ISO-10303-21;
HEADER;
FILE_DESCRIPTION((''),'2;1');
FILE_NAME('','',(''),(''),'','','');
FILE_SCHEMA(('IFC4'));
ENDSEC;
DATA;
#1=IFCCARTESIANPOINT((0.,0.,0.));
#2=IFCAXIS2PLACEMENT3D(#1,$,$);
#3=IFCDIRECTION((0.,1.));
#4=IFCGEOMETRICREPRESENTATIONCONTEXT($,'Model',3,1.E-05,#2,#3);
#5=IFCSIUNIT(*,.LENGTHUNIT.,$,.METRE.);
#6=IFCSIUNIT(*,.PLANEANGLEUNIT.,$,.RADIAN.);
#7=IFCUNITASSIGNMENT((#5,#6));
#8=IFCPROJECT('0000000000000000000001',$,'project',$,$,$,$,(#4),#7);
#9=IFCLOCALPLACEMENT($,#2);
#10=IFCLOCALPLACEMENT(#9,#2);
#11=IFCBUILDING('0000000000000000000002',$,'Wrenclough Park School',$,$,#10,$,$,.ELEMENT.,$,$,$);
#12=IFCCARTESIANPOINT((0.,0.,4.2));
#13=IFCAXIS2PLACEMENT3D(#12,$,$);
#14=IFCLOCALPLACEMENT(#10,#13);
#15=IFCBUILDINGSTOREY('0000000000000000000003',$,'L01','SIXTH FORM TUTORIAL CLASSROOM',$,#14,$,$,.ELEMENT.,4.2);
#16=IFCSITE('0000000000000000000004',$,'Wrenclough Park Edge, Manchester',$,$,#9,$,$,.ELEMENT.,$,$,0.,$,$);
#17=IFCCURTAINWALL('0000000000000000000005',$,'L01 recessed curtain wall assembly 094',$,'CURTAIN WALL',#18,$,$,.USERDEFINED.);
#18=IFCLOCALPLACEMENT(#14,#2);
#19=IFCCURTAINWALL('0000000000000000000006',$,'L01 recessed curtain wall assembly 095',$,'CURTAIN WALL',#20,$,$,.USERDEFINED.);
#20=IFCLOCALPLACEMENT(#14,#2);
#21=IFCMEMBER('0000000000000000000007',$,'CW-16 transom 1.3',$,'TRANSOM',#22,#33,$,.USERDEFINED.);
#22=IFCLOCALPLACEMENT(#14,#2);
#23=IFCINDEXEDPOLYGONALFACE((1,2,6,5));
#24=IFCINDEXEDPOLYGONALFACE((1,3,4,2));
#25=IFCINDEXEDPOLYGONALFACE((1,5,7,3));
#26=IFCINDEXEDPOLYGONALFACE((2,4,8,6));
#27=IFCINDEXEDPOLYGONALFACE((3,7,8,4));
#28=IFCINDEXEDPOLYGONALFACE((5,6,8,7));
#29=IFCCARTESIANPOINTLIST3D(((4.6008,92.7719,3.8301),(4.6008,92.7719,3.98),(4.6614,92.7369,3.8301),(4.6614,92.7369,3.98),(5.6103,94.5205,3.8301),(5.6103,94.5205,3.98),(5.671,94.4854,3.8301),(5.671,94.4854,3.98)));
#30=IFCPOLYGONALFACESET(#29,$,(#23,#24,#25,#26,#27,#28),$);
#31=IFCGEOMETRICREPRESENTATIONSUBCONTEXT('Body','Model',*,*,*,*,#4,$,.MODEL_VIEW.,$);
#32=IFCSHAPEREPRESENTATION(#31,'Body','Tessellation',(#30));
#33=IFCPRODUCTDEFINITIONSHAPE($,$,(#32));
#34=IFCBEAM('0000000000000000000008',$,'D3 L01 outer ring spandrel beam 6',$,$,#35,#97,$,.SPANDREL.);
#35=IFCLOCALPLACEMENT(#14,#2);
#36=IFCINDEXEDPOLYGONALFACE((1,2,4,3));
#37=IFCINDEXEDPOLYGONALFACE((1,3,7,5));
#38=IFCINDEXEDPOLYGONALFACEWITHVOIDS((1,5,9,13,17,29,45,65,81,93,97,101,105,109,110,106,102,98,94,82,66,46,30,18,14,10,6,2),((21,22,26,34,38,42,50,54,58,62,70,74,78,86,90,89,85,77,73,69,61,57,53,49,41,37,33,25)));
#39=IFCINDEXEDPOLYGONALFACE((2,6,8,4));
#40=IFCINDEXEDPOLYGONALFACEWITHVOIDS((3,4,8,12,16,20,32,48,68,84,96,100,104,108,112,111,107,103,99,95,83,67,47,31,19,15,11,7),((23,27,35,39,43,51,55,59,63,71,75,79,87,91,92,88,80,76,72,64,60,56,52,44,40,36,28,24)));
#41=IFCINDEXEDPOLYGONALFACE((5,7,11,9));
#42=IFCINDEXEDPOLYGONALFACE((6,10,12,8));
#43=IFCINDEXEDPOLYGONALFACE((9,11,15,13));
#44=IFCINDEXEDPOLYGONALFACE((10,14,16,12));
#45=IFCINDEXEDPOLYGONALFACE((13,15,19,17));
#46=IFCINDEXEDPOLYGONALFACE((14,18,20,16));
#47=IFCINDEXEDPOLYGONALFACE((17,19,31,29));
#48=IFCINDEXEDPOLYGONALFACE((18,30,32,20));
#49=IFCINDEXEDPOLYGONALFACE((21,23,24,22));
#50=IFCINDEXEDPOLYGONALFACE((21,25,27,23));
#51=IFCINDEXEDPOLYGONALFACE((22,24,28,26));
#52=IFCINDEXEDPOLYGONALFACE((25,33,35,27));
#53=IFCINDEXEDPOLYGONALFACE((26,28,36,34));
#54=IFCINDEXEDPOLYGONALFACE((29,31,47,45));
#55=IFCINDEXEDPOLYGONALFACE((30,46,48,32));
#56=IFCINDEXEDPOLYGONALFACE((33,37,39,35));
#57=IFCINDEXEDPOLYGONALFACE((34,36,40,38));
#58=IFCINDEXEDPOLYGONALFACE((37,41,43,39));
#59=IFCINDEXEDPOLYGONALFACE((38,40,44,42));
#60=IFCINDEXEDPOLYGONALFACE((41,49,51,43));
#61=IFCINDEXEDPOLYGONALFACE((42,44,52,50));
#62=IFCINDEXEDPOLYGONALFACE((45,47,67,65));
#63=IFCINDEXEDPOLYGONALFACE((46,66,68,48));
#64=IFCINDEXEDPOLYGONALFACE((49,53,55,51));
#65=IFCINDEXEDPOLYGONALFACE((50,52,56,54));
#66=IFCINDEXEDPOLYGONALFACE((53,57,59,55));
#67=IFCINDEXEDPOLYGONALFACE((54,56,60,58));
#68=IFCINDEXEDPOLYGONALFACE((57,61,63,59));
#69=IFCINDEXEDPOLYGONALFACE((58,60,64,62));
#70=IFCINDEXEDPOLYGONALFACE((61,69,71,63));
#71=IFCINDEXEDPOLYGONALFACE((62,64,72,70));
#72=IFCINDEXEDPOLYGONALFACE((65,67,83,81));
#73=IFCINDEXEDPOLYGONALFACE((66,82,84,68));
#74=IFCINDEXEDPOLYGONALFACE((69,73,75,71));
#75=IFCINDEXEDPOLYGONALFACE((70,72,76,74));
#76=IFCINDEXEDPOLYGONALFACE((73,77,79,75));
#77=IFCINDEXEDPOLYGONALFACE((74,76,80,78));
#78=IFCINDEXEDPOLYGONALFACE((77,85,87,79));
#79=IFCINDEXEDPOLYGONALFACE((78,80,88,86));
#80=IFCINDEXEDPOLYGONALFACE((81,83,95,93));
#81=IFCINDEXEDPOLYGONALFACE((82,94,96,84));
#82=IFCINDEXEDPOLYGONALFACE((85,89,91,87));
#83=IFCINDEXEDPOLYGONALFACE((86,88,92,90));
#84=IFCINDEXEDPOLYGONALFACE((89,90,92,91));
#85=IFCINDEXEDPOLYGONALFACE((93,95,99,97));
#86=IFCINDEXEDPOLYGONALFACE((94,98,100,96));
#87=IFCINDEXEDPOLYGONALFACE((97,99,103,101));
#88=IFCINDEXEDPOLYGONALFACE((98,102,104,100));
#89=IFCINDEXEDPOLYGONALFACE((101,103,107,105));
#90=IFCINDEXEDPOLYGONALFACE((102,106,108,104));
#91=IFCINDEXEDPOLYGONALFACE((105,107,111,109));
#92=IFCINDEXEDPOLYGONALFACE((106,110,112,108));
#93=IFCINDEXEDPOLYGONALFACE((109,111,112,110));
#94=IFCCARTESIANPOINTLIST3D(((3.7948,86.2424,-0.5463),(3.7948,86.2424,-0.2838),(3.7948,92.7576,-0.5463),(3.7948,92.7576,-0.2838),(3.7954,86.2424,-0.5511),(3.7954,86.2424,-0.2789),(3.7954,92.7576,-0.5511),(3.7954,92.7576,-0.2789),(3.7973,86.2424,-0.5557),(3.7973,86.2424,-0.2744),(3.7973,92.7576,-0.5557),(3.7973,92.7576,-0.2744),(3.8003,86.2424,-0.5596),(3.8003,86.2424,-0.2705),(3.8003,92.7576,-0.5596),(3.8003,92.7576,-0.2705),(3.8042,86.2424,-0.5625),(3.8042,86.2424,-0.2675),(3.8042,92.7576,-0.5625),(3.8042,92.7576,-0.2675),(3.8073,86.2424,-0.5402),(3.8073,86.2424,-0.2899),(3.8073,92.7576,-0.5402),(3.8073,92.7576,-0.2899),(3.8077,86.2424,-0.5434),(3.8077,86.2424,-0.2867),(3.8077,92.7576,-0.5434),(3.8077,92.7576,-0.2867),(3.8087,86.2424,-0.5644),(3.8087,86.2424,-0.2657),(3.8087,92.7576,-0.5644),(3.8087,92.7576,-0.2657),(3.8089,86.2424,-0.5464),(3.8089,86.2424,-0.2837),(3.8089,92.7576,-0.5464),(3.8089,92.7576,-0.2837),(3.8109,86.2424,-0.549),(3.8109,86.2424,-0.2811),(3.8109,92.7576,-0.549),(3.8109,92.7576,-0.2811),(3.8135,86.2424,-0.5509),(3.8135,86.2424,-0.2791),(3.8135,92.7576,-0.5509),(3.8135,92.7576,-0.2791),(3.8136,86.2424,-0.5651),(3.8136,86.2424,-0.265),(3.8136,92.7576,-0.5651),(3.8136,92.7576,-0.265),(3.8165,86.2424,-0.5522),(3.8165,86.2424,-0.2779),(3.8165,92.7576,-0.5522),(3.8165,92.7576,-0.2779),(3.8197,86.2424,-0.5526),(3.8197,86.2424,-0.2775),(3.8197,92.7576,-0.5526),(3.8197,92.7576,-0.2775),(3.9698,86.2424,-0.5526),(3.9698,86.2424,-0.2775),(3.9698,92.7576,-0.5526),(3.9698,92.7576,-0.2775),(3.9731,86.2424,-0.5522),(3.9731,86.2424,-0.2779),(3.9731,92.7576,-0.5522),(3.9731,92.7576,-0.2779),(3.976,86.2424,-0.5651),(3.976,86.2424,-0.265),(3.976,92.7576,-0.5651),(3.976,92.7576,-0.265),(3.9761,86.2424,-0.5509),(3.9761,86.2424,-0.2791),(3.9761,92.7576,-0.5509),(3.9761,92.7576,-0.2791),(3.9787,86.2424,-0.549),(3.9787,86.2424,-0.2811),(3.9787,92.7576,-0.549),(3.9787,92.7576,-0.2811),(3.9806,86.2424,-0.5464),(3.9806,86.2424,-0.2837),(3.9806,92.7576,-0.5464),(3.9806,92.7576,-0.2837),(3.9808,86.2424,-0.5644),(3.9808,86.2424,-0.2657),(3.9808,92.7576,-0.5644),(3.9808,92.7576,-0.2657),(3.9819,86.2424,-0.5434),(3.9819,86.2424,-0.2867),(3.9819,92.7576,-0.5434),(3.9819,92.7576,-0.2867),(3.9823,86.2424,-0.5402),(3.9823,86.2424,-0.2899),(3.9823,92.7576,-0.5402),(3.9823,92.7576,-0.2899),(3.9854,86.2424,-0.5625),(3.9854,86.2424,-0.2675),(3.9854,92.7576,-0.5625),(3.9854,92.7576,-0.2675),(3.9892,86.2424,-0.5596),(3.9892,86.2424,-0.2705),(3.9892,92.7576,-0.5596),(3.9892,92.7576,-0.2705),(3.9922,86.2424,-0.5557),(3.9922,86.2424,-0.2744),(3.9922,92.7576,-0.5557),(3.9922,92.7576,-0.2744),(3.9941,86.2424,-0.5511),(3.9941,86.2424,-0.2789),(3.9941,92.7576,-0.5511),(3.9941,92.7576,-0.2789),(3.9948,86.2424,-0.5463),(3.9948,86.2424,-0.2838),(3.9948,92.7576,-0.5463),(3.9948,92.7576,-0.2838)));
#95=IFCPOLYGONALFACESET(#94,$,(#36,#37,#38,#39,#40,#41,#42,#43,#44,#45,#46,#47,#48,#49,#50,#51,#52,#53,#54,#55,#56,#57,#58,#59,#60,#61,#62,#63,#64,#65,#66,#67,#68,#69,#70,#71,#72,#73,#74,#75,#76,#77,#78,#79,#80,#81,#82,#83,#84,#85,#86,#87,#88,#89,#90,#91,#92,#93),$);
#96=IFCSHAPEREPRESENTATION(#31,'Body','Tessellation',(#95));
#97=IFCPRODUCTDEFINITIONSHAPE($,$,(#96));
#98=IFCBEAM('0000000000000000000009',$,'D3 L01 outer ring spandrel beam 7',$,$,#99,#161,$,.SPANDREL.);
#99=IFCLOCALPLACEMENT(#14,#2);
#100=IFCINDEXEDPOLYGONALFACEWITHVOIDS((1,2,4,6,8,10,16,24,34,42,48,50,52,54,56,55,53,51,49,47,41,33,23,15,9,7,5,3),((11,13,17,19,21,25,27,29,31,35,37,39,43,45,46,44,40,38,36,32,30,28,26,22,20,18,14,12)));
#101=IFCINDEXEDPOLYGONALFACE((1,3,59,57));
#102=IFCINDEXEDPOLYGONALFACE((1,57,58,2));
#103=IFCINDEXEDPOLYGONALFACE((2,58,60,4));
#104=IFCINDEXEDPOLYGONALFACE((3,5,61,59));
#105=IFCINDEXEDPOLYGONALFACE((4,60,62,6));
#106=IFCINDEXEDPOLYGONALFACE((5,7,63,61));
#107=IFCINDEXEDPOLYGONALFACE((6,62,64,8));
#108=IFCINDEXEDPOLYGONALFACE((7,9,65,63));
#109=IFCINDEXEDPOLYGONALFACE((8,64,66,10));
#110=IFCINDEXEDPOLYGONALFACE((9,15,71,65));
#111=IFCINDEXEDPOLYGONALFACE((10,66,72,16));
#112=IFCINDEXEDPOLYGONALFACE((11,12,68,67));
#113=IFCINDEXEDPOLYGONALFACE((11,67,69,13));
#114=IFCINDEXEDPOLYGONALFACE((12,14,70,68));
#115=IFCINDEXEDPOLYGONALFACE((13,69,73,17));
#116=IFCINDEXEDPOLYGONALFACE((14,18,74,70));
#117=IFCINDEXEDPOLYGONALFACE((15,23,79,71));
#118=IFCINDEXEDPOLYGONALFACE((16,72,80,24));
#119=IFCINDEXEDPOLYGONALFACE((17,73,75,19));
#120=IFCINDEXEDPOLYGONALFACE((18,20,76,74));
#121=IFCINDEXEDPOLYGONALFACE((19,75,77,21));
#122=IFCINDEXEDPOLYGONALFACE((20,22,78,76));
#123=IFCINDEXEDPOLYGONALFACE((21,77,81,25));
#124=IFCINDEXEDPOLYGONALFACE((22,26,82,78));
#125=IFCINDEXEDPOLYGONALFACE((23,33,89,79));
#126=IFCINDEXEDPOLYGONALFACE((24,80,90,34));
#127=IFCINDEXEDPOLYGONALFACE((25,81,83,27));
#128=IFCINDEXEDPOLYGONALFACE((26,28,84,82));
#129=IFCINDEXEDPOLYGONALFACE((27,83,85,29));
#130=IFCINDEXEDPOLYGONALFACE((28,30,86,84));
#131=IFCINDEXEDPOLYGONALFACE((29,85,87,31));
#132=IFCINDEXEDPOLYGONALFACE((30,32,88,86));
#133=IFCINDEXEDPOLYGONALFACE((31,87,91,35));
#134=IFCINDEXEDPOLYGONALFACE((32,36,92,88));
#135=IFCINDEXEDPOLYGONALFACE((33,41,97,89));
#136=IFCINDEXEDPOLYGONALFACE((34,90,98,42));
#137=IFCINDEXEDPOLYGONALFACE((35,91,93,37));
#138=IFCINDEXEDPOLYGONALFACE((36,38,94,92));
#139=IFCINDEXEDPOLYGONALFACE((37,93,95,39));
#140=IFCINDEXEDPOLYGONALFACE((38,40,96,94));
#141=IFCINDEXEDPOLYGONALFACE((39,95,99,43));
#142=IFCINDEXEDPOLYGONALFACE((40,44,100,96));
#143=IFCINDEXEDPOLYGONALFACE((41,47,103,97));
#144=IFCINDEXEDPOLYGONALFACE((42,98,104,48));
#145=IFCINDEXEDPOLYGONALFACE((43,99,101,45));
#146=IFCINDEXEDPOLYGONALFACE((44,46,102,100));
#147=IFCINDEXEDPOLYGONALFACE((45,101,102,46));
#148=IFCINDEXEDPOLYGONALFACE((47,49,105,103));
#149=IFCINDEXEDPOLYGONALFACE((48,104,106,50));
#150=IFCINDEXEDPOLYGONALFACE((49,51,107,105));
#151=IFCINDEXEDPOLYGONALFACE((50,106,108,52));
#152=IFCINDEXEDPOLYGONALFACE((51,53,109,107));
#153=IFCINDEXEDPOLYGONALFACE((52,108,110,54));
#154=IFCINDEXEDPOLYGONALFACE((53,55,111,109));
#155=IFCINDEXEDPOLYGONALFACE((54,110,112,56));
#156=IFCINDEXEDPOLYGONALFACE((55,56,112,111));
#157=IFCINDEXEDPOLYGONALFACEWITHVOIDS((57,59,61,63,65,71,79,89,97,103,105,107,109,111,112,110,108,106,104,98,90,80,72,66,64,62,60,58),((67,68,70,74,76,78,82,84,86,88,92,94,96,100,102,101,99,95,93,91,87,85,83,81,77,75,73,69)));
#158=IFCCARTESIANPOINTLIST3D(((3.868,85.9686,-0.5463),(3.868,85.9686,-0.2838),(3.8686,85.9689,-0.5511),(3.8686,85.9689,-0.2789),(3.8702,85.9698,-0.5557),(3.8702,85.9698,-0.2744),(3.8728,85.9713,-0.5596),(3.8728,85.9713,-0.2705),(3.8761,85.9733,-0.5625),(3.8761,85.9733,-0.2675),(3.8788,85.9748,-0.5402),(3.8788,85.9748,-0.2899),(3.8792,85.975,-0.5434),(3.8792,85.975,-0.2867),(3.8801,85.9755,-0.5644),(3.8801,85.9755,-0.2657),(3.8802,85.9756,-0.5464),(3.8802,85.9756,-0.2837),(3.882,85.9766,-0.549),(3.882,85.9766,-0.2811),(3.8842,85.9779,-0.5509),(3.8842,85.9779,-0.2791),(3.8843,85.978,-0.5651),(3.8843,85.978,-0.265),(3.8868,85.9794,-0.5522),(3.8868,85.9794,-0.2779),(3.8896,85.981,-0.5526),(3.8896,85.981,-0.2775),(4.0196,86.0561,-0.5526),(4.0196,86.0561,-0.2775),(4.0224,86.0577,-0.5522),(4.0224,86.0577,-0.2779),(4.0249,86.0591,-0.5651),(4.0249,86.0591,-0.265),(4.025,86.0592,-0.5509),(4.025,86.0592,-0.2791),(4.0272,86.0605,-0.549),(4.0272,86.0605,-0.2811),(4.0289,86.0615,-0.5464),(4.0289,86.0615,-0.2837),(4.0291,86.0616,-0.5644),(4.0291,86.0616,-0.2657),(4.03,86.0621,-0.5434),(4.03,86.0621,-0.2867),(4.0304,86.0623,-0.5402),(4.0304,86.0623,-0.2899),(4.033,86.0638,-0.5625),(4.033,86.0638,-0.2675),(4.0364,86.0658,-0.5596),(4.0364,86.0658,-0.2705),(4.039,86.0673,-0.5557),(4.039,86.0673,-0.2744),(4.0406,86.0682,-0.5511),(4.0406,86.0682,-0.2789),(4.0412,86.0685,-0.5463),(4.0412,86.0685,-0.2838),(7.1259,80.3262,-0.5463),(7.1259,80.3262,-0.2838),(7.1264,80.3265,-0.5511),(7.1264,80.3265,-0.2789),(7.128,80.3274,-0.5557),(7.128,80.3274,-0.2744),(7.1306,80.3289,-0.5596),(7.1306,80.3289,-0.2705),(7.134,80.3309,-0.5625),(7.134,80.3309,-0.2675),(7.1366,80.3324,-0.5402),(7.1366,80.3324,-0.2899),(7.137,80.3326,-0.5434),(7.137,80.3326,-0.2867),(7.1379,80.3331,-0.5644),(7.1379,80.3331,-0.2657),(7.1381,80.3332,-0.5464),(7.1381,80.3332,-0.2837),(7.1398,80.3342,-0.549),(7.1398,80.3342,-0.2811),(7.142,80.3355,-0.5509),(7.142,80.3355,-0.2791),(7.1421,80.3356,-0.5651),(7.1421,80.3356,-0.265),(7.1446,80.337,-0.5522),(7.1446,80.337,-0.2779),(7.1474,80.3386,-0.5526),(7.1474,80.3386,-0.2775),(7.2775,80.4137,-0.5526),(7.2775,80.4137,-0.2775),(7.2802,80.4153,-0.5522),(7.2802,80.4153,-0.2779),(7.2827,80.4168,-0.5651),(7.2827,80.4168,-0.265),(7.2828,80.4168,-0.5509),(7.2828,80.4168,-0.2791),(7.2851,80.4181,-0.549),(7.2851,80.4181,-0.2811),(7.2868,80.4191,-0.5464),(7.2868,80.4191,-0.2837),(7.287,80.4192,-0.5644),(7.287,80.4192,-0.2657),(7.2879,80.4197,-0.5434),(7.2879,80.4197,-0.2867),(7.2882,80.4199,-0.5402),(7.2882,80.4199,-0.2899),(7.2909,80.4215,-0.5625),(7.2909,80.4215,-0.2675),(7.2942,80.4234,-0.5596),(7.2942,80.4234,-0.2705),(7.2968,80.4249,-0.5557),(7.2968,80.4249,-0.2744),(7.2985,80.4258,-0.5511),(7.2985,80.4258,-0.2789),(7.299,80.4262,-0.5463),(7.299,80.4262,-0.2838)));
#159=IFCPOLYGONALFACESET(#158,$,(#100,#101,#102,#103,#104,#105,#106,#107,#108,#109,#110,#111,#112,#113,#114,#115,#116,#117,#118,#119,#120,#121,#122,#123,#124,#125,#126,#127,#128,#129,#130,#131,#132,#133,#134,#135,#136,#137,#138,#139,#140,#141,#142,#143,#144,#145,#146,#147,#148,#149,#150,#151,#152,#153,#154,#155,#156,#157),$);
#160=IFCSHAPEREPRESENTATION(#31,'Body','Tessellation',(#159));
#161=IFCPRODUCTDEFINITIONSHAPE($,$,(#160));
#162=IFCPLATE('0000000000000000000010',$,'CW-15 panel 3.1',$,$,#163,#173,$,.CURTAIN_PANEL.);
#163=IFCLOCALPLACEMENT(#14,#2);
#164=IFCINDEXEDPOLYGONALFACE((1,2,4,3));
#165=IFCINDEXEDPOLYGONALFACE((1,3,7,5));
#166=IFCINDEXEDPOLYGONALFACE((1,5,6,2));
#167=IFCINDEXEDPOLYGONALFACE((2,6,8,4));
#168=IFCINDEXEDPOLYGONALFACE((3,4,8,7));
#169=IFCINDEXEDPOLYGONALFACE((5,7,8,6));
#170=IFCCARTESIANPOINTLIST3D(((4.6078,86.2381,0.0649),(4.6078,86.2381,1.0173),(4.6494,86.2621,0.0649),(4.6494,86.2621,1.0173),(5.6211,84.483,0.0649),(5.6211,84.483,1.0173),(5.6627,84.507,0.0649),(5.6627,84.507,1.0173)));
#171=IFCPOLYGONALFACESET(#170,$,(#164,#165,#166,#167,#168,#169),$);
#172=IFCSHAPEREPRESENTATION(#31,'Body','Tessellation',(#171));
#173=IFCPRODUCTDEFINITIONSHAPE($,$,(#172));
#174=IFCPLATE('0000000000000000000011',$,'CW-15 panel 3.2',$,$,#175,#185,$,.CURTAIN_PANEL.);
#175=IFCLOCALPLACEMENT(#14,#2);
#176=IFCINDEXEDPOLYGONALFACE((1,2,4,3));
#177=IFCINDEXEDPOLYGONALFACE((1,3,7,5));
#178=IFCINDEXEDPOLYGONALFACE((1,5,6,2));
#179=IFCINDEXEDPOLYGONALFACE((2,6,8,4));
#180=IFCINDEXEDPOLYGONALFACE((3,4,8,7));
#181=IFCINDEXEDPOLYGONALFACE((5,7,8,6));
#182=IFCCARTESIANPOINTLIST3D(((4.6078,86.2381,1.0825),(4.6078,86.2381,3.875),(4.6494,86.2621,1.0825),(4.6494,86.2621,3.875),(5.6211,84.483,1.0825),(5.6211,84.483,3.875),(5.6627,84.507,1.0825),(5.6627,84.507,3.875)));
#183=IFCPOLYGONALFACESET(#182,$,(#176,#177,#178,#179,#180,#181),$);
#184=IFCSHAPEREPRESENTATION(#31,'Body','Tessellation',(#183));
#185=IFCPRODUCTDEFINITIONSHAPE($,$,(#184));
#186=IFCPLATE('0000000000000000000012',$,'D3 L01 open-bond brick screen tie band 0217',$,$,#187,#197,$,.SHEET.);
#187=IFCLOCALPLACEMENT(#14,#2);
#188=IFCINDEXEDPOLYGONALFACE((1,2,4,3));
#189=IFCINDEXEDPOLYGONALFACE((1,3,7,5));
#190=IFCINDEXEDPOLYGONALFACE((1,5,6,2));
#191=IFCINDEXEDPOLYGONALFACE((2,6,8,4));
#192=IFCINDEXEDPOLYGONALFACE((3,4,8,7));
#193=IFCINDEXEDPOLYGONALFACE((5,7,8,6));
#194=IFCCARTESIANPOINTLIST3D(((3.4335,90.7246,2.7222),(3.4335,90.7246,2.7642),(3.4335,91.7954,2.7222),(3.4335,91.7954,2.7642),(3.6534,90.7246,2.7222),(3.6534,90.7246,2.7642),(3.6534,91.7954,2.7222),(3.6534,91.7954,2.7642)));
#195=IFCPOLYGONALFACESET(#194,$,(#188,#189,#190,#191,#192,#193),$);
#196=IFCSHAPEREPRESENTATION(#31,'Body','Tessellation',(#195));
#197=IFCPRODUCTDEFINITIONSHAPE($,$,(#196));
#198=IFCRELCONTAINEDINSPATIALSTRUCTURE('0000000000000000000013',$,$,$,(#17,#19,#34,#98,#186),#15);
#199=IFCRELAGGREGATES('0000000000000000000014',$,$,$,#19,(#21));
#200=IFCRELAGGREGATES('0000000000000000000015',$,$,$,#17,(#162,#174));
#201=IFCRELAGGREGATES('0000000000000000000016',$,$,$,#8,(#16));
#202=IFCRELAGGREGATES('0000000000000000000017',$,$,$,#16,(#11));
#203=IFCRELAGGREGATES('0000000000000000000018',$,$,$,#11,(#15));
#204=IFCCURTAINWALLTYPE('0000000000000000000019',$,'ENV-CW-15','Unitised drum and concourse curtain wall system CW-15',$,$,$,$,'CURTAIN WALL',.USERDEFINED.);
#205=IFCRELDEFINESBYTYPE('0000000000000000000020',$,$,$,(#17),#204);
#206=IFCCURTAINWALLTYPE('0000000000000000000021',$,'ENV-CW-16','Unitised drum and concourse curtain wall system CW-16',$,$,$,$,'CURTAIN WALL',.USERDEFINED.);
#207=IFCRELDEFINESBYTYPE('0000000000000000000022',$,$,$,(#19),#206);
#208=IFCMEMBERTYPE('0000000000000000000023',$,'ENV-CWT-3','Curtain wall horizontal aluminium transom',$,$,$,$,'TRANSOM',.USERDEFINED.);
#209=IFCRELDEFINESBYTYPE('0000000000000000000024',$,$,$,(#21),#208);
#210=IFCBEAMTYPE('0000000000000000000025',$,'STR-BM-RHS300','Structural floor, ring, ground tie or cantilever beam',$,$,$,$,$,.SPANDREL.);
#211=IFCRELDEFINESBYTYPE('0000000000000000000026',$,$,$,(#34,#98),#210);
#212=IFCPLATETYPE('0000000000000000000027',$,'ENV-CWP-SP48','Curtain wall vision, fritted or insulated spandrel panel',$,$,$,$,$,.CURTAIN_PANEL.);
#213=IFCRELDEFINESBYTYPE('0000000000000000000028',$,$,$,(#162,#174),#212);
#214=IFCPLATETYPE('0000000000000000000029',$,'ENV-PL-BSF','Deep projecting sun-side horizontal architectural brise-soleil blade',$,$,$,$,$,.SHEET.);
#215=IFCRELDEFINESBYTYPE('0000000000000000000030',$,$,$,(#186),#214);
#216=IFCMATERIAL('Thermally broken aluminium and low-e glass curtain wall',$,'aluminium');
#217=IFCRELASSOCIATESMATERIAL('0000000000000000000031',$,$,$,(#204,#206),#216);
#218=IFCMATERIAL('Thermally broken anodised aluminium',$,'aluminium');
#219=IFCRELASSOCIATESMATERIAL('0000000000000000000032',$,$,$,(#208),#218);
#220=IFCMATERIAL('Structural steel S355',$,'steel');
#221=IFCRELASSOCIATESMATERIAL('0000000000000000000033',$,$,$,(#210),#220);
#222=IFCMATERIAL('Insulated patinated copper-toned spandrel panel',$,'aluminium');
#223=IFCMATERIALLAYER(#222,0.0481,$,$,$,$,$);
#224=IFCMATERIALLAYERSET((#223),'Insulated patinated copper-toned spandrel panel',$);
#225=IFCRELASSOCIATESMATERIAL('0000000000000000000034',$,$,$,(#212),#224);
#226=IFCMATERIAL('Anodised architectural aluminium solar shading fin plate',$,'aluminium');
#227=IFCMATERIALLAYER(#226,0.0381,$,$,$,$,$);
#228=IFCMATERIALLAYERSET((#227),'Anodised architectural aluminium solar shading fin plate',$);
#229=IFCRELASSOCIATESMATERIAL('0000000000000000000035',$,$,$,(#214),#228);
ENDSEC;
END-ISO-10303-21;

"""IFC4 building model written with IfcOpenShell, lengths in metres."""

from ifc_helpers import new_model, si_unit, direction, frame, origin, origin_2d, place, context, subcontext, project, spatial, rectangle, hollow_rectangle, extrude, material, layer, layer_set, material_profile, profile_set, type_object, element, aggregate, save


model = new_model("IFC4")

# Units and contexts
model_context = context("Model", 3, precision=1e-05, world=origin(), true_north=direction((0.0, 1.0)))
body_context = subcontext(model_context, "Body", "Model", "MODEL_VIEW")
ifc_project = project(units=[si_unit("LENGTHUNIT", "METRE"), si_unit("PLANEANGLEUNIT", "RADIAN")], contexts=[model_context])

# Site, building, storey
site_placement = place(None, origin())
site = spatial("IfcSite", under=ifc_project, at=site_placement, Name="Wrenclough Park Edge, Manchester", CompositionType="ELEMENT", RefElevation=0.0)
building_placement = place(site_placement, origin())
building = spatial("IfcBuilding", under=site, at=building_placement, Name="Wrenclough Park School", CompositionType="ELEMENT")
storey_placement = place(building_placement, frame((0.0, 0.0, 4.2)))
storey = spatial("IfcBuildingStorey", under=building, at=storey_placement, Name="L01", Description="SIXTH FORM TUTORIAL CLASSROOM", CompositionType="ELEMENT", Elevation=4.2)

# Shared definitions
ifc_material_1 = material(Name="Structural steel S355", Category="steel")

# Curtain wall
ifc_material_2 = material(Name="Thermally broken aluminium and low-e glass curtain wall", Category="aluminium")
curtain_wall_type_1 = type_object("IfcCurtainWallType", Name="ENV-CW-15", Description="Unitised drum and concourse curtain wall system CW-15", ElementType="CURTAIN WALL", PredefinedType="USERDEFINED", material=ifc_material_2)
curtain_wall_1_placement = place(storey_placement, origin())
curtain_wall_1 = element("IfcCurtainWall", 1, at=curtain_wall_1_placement, inside=storey, type_object=curtain_wall_type_1, Name="L01 recessed curtain wall assembly 094", ObjectType="CURTAIN WALL", PredefinedType="USERDEFINED")
ifc_material_3 = material(Name="Thermally broken anodised aluminium", Category="aluminium")

# Curtain wall, member
curtain_wall_type_2 = type_object("IfcCurtainWallType", Name="ENV-CW-16", Description="Unitised drum and concourse curtain wall system CW-16", ElementType="CURTAIN WALL", PredefinedType="USERDEFINED", material=ifc_material_2)
curtain_wall_2_placement = place(storey_placement, origin())
curtain_wall_2 = element("IfcCurtainWall", 2, at=curtain_wall_2_placement, inside=storey, type_object=curtain_wall_type_2, Name="L01 recessed curtain wall assembly 095", ObjectType="CURTAIN WALL", PredefinedType="USERDEFINED")
ifc_material_profile_1 = material_profile(ifc_material_3, rectangle(XDim=0.0701, YDim=0.1499, at=origin_2d()), Name="AL TRANSOM 70x150")
ifc_profile_set_1 = profile_set([ifc_material_profile_1], Name="Thermally broken anodised aluminium")
member_type_1 = type_object("IfcMemberType", Name="ENV-CWT-3", Description="Curtain wall horizontal aluminium transom", ElementType="TRANSOM", PredefinedType="USERDEFINED", material=ifc_profile_set_1)
member_1_placement = place(storey_placement, frame((4.6311, 92.7544, 3.905), z_axis=(0.500002, 0.866024, 0.0), x_axis=(-0.866024, 0.500002, 0.0)))
member_1 = element("IfcMember", 3, at=member_1_placement, type_object=member_type_1, Name="CW-16 transom 1.3", ObjectType="TRANSOM", PredefinedType="USERDEFINED", context=body_context, shape_type="SweptSolid", body=[
    extrude(rectangle(XDim=0.0701, YDim=0.1499, at=origin_2d()), origin(), (0.0, 0.0, 1.0), 2.019),
])
aggregate(curtain_wall_2, [member_1])

# Beams
ifc_material_profile_2 = material_profile(ifc_material_1, hollow_rectangle(XDim=0.2, YDim=0.3, WallThickness=0.0125, InnerFilletRadius=0.0125, OuterFilletRadius=0.0188, at=origin_2d()), Name="RHS 300x200x12.5")
ifc_profile_set_2 = profile_set([ifc_material_profile_2], Name="Structural steel S355")
beam_type = type_object("IfcBeamType", Name="STR-BM-RHS300", Description="Structural floor, ring, ground tie or cantilever beam", PredefinedType="SPANDREL", material=ifc_profile_set_2)
beam_1_placement = place(storey_placement, frame((3.8948, 92.7576, -0.415), z_axis=(0.0, -1.0, 0.0), x_axis=(1.0, 0.0, 0.0)))
element("IfcBeam", 4, at=beam_1_placement, inside=storey, type_object=beam_type, Name="D3 L01 outer ring spandrel beam 6", PredefinedType="SPANDREL", context=body_context, shape_type="SweptSolid", body=[
    extrude(hollow_rectangle(XDim=0.2, YDim=0.3, WallThickness=0.0125, InnerFilletRadius=0.0125, OuterFilletRadius=0.0188, at=origin_2d()), origin(), (0.0, 0.0, 1.0), 6.5151),
])
beam_2_placement = place(storey_placement, frame((3.9546, 86.0186, -0.415), z_axis=(0.500024, -0.866011, 0.0), x_axis=(0.866011, 0.500024, 0.0)))
element("IfcBeam", 5, at=beam_2_placement, inside=storey, type_object=beam_type, Name="D3 L01 outer ring spandrel beam 7", PredefinedType="SPANDREL", context=body_context, shape_type="SweptSolid", body=[
    extrude(hollow_rectangle(XDim=0.2, YDim=0.3, WallThickness=0.0125, InnerFilletRadius=0.0125, OuterFilletRadius=0.0188, at=origin_2d()), origin(), (0.0, 0.0, 1.0), 6.5154),
])

# Plates
ifc_material_4 = material(Name="Insulated patinated copper-toned spandrel panel", Category="aluminium")
ifc_layer_1 = layer(ifc_material_4, 0.0481)
ifc_layer_set_1 = layer_set([ifc_layer_1], Name="Insulated patinated copper-toned spandrel panel")
plate_type_1 = type_object("IfcPlateType", Name="ENV-CWP-SP48", Description="Curtain wall vision, fritted or insulated spandrel panel", PredefinedType="CURTAIN_PANEL", material=ifc_layer_set_1)
plate_1_placement = place(storey_placement, frame((5.1353, 85.3726, 0.0649), z_axis=(0.0, 0.0, 1.0), x_axis=(-0.499999, 0.866026, 0.0)))
plate_1 = element("IfcPlate", 6, at=plate_1_placement, type_object=plate_type_1, Name="CW-15 panel 3.1", PredefinedType="CURTAIN_PANEL", context=body_context, shape_type="SweptSolid", body=[
    extrude(rectangle(XDim=2.0266, YDim=0.0481, at=origin_2d()), origin(), (0.0, 0.0, 1.0), 0.9524),
])
plate_2_placement = place(storey_placement, frame((5.1353, 85.3726, 1.0825), z_axis=(0.0, 0.0, 1.0), x_axis=(-0.499999, 0.866026, 0.0)))
plate_2 = element("IfcPlate", 7, at=plate_2_placement, type_object=plate_type_1, Name="CW-15 panel 3.2", PredefinedType="CURTAIN_PANEL", context=body_context, shape_type="SweptSolid", body=[
    extrude(rectangle(XDim=2.0266, YDim=0.0481, at=origin_2d()), origin(), (0.0, 0.0, 1.0), 2.7925),
])
aggregate(curtain_wall_1, [plate_1, plate_2])

# Plate
ifc_material_5 = material(Name="Anodised architectural aluminium solar shading fin plate", Category="aluminium")
ifc_layer_2 = layer(ifc_material_5, 0.0381)
ifc_layer_set_2 = layer_set([ifc_layer_2], Name="Anodised architectural aluminium solar shading fin plate")
plate_type_2 = type_object("IfcPlateType", Name="ENV-PL-BSF", Description="Deep projecting sun-side horizontal architectural brise-soleil blade", PredefinedType="SHEET", material=ifc_layer_set_2)
plate_3_placement = place(storey_placement, frame((3.5435, 91.26, 2.7222), z_axis=(0.0, 0.0, 1.0), x_axis=(0.0, -1.0, 0.0)))
element("IfcPlate", 8, at=plate_3_placement, inside=storey, type_object=plate_type_2, Name="D3 L01 open-bond brick screen tie band 0217", PredefinedType="SHEET", context=body_context, shape_type="SweptSolid", body=[
    extrude(rectangle(XDim=1.0708, YDim=0.22, at=origin_2d()), origin(), (0.0, 0.0, 1.0), 0.042),
])

save(model, "model.ifc")
